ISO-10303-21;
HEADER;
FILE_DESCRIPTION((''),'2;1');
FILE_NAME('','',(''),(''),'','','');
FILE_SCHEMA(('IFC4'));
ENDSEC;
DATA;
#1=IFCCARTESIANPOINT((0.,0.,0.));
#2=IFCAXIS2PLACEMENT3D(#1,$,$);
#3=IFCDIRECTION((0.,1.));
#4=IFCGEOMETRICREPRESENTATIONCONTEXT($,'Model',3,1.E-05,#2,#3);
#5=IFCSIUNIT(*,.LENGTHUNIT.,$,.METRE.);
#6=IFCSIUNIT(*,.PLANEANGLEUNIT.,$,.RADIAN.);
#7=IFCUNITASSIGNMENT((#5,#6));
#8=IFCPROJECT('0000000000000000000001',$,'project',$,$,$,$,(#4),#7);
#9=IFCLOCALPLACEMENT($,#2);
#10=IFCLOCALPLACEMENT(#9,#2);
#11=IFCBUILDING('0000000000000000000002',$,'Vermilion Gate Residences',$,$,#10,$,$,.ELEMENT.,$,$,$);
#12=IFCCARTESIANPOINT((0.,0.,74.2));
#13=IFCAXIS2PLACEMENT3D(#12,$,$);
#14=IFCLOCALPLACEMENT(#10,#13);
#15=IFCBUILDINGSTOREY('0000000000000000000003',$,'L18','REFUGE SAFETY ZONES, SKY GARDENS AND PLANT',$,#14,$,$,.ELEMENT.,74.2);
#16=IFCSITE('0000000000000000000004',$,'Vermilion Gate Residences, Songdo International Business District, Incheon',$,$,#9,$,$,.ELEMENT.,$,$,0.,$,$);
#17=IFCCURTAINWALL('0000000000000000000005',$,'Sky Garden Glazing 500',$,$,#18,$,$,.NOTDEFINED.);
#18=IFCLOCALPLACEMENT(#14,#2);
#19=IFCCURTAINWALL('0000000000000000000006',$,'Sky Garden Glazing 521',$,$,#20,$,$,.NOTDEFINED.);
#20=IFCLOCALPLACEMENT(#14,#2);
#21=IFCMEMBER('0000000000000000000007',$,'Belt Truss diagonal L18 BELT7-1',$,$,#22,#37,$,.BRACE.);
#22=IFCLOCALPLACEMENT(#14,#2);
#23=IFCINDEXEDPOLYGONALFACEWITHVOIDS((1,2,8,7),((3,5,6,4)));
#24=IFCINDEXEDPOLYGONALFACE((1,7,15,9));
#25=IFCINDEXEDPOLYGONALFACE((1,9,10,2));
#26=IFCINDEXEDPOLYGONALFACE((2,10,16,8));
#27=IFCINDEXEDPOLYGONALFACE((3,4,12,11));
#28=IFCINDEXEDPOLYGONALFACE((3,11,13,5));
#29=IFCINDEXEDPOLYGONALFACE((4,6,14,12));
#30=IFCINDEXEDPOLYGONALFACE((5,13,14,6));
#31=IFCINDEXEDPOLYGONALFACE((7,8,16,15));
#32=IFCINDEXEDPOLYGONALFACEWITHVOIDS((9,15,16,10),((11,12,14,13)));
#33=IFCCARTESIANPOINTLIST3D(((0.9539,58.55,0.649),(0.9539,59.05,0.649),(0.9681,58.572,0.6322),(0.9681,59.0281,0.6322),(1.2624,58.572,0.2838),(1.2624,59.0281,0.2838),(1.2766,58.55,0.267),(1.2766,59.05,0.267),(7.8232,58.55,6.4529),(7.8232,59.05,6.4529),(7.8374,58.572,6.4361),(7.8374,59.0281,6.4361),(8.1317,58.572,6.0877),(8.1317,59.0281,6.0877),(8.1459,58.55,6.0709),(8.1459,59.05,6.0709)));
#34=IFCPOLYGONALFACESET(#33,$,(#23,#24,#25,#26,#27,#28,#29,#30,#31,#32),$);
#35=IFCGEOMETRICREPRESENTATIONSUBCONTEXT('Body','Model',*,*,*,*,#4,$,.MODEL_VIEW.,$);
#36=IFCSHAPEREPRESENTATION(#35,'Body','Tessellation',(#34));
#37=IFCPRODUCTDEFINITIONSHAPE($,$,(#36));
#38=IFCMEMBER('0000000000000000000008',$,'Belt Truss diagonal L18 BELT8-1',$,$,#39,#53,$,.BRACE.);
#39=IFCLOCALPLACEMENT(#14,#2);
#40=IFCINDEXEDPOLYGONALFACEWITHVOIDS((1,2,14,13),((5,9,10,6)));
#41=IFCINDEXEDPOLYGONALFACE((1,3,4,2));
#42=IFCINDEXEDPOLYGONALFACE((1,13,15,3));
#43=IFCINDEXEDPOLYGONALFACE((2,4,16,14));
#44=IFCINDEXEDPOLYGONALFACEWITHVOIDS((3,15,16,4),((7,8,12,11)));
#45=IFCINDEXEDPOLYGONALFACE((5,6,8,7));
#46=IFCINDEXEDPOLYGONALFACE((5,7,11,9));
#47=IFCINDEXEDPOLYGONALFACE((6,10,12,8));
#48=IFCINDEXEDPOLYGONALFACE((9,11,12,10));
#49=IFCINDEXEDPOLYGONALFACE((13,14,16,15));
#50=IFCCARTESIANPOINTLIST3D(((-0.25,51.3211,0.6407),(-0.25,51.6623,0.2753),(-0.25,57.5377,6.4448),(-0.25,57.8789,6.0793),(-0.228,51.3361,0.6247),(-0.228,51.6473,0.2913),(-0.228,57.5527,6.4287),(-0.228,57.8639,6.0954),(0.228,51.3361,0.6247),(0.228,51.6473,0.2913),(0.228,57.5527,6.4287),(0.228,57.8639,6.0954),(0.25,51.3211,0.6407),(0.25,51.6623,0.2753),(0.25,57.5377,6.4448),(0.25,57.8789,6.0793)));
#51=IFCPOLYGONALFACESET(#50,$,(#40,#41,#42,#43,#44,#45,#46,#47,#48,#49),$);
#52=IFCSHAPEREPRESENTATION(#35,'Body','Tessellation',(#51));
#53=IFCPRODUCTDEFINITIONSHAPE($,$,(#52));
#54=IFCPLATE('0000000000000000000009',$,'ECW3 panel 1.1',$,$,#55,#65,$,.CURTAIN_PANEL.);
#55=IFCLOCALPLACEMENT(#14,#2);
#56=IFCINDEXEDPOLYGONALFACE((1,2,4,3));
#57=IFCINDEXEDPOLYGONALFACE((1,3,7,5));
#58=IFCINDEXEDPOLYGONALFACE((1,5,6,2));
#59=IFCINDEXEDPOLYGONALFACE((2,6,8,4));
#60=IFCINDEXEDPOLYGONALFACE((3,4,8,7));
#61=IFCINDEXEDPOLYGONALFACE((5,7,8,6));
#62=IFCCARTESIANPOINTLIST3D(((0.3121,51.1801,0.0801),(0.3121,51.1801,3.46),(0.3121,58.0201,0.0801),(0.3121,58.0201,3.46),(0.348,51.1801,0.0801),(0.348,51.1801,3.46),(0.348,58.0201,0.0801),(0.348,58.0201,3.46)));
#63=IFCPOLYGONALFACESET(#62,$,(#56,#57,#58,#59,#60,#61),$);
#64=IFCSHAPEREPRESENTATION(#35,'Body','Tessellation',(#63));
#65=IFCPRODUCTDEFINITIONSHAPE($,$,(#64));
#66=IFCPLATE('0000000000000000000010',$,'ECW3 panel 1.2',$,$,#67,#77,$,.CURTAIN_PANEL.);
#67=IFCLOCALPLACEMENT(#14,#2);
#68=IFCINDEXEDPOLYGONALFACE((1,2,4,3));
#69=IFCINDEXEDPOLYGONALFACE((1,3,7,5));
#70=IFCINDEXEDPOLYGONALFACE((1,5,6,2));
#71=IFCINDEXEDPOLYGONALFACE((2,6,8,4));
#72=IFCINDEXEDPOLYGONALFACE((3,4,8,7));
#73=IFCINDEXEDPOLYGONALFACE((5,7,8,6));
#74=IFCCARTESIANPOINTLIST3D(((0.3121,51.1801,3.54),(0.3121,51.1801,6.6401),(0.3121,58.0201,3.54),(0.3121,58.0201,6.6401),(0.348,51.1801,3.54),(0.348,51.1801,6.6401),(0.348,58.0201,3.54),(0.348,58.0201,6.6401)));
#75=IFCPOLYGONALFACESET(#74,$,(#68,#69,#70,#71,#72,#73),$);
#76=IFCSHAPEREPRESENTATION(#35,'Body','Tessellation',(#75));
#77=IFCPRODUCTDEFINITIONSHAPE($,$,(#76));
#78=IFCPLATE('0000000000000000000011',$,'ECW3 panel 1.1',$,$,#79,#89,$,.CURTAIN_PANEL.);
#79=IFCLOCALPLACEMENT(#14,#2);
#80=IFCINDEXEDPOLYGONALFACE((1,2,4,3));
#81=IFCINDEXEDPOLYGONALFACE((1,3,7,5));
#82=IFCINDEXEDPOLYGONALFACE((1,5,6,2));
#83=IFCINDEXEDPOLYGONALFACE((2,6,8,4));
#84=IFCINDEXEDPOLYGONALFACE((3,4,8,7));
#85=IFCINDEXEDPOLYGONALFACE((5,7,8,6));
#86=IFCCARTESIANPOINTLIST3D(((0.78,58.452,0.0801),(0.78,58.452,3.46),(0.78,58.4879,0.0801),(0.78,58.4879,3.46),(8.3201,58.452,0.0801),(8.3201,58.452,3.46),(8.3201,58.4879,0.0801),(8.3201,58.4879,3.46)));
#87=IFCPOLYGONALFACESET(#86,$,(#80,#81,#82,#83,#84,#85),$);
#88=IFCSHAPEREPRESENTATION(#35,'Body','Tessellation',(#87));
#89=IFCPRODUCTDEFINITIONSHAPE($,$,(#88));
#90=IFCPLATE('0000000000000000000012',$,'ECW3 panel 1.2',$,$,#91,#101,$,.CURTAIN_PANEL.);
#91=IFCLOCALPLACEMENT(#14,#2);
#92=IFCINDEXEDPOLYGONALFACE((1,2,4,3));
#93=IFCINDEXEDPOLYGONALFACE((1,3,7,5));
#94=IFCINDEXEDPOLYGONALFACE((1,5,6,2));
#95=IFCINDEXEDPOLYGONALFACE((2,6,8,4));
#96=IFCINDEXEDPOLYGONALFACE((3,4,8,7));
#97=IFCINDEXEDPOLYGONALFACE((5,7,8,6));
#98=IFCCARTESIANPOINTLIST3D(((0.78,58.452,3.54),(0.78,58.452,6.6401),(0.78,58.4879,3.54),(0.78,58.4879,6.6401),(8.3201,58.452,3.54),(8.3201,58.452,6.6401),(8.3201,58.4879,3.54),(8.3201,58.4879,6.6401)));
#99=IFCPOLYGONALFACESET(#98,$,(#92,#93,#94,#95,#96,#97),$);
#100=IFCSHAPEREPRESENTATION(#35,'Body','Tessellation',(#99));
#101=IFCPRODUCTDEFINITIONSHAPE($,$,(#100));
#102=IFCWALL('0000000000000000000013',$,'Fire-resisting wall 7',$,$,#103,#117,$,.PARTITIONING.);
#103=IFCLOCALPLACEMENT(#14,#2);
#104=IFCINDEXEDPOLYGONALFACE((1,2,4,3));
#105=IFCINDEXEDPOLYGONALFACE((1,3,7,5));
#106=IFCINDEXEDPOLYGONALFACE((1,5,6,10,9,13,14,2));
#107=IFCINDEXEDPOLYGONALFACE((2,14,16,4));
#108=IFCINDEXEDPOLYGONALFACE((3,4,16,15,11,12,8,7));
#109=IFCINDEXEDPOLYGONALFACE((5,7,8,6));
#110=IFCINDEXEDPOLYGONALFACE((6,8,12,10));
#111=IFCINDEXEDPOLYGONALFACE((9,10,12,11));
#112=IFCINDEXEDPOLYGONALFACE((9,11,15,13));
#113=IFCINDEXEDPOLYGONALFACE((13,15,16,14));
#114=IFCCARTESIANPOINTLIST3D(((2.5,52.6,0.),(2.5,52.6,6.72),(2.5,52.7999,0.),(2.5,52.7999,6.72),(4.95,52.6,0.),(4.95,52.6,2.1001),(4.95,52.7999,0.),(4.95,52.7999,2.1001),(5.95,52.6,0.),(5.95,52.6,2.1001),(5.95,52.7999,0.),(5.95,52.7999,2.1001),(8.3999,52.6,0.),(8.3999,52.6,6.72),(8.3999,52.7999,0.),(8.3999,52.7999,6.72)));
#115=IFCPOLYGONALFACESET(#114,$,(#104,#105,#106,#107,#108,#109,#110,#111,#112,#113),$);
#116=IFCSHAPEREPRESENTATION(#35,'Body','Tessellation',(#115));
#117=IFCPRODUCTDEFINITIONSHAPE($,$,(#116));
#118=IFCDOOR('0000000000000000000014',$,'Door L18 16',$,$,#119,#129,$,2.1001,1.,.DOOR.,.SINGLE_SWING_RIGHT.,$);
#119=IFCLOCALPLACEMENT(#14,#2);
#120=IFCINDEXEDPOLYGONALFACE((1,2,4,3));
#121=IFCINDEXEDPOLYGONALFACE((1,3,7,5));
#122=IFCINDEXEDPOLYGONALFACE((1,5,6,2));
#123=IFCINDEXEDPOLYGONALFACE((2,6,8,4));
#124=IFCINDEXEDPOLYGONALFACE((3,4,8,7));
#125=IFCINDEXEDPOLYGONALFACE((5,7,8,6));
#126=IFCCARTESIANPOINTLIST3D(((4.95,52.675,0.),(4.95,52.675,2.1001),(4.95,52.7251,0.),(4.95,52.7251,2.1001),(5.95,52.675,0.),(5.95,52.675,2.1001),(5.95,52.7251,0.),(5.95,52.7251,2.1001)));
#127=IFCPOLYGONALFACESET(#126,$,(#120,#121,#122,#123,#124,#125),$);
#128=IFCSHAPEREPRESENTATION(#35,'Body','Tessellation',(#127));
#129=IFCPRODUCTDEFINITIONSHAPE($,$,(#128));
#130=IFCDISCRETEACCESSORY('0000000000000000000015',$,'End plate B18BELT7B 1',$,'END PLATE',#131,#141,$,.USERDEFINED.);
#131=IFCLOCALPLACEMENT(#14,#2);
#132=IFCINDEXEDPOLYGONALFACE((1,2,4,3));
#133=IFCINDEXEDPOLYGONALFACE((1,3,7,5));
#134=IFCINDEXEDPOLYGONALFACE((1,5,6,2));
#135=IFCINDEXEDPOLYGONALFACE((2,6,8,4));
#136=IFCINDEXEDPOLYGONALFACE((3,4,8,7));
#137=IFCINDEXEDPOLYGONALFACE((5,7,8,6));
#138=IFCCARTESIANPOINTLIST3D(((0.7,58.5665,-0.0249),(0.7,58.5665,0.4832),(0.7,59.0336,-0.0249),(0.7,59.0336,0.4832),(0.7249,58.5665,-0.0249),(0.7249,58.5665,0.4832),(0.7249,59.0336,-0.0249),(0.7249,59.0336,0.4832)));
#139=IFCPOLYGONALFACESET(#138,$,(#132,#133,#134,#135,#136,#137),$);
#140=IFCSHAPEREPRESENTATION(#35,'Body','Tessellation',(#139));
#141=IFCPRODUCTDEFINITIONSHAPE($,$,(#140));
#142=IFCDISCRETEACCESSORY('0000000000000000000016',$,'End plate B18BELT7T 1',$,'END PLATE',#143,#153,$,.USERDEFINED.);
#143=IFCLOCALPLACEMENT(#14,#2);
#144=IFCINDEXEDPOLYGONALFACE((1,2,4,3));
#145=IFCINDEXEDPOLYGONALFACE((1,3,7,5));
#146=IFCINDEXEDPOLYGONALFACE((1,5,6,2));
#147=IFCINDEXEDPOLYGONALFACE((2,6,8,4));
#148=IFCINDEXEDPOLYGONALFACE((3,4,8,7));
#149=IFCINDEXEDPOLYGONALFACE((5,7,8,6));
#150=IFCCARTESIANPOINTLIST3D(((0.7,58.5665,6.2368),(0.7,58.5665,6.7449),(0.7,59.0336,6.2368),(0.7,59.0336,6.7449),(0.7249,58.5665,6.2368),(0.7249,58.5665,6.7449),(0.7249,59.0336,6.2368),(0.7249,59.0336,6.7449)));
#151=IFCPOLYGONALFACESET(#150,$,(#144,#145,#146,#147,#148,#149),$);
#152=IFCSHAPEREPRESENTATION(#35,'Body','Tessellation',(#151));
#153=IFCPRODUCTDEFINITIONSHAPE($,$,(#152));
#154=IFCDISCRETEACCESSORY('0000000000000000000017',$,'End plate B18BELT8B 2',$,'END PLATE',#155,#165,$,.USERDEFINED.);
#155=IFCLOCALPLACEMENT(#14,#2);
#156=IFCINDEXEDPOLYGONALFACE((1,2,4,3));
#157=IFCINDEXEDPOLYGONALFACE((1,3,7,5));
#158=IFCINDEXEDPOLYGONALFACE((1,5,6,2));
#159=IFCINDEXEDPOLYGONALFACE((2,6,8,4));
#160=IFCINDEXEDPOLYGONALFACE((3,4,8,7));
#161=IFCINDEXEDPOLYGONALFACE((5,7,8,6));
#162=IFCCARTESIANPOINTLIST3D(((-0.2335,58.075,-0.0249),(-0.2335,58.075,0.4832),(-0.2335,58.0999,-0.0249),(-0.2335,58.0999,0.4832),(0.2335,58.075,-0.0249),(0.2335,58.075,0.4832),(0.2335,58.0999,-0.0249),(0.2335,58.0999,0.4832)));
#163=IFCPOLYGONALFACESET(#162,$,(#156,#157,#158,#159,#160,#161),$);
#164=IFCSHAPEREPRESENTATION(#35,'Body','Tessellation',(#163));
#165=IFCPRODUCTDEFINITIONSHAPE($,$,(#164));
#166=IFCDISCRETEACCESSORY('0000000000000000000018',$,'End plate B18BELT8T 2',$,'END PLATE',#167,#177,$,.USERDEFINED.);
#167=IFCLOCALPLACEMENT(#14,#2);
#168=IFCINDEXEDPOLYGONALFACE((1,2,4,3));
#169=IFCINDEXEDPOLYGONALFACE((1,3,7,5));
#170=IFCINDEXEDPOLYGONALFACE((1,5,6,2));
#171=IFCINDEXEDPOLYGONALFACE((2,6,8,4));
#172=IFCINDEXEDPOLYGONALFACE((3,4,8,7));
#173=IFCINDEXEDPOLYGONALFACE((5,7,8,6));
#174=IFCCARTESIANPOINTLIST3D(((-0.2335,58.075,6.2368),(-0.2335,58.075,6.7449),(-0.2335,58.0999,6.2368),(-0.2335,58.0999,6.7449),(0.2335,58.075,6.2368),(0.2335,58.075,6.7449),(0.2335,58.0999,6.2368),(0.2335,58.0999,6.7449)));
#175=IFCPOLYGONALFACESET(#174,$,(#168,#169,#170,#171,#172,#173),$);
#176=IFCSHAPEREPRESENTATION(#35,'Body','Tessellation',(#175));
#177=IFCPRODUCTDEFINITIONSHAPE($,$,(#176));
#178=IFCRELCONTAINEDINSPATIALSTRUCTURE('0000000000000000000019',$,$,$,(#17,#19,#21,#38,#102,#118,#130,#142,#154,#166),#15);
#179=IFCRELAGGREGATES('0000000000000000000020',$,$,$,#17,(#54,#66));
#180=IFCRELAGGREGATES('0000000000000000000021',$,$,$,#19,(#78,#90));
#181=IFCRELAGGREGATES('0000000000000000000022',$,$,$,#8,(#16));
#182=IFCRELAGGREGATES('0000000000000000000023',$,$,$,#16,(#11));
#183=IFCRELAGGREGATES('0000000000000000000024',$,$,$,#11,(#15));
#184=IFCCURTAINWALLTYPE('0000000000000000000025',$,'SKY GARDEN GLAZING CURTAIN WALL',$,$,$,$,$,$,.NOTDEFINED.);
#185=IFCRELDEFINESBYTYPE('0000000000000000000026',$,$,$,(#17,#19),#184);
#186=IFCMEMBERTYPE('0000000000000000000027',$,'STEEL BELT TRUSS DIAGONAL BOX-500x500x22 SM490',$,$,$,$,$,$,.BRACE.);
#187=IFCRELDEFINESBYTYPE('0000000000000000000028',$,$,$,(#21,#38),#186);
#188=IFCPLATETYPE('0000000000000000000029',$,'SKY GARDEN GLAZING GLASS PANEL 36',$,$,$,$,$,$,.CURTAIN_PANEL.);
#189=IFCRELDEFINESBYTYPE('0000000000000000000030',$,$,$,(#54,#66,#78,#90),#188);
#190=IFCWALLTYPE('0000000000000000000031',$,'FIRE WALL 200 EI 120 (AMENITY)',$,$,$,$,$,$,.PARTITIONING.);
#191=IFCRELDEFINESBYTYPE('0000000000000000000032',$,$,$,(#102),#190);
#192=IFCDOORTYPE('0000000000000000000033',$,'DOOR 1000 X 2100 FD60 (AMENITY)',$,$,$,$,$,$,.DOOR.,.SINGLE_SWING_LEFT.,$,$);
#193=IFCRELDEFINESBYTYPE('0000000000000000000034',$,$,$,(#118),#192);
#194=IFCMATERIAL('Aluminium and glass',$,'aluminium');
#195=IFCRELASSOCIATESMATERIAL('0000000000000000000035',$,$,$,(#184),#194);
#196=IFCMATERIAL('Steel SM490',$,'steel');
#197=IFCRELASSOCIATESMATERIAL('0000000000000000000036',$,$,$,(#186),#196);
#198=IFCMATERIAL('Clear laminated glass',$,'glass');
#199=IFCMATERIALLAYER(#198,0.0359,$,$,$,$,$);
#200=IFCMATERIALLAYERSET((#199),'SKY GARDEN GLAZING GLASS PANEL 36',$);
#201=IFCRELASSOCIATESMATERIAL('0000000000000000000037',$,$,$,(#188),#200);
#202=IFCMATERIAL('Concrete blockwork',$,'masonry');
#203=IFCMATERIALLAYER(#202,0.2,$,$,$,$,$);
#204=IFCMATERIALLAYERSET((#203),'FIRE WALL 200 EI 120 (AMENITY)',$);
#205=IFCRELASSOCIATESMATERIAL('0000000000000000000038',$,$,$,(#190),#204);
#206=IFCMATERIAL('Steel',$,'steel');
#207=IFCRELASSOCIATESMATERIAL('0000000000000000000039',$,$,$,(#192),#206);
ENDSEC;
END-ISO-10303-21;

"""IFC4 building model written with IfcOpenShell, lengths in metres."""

from ifc_helpers import new_model, si_unit, direction, frame, frame_2d, origin, origin_2d, place, context, subcontext, project, spatial, rectangle, hollow_rectangle, extrude, material, layer, layer_set, material_profile, profile_set, type_object, element, fill, aggregate, save


model = new_model("IFC4")

# Units and contexts
model_context = context("Model", 3, precision=1e-05, world=origin(), true_north=direction((0.0, 1.0)))
body_context = subcontext(model_context, "Body", "Model", "MODEL_VIEW")
ifc_project = project(units=[si_unit("LENGTHUNIT", "METRE"), si_unit("PLANEANGLEUNIT", "RADIAN")], contexts=[model_context])

# Site, building, storey
site_placement = place(None, origin())
site = spatial("IfcSite", under=ifc_project, at=site_placement, Name="Vermilion Gate Residences, Songdo International Business District, Incheon", CompositionType="ELEMENT", RefElevation=0.0)
building_placement = place(site_placement, origin())
building = spatial("IfcBuilding", under=site, at=building_placement, Name="Vermilion Gate Residences", CompositionType="ELEMENT")
storey_placement = place(building_placement, frame((0.0, 0.0, 74.2)))
storey = spatial("IfcBuildingStorey", under=building, at=storey_placement, Name="L18", Description="REFUGE SAFETY ZONES, SKY GARDENS AND PLANT", CompositionType="ELEMENT", Elevation=74.2)

# Curtain walls
ifc_material_1 = material(Name="Aluminium and glass", Category="aluminium")
curtain_wall_type = type_object("IfcCurtainWallType", Name="SKY GARDEN GLAZING CURTAIN WALL", PredefinedType="NOTDEFINED", material=ifc_material_1)
curtain_wall_1_placement = place(storey_placement, origin())
curtain_wall_1 = element("IfcCurtainWall", 1, at=curtain_wall_1_placement, inside=storey, type_object=curtain_wall_type, Name="Sky Garden Glazing 500", PredefinedType="NOTDEFINED")
curtain_wall_2_placement = place(storey_placement, origin())
curtain_wall_2 = element("IfcCurtainWall", 2, at=curtain_wall_2_placement, inside=storey, type_object=curtain_wall_type, Name="Sky Garden Glazing 521", PredefinedType="NOTDEFINED")

# Members
ifc_material_2 = material(Name="Steel SM490", Category="steel")
ifc_material_profile_1 = material_profile(ifc_material_2, hollow_rectangle(XDim=0.5, YDim=0.5, WallThickness=0.022, at=origin_2d()), Name="BOX-500x500x22")
ifc_profile_set_1 = profile_set([ifc_material_profile_1], Name="Steel SM490")
member_type_1 = type_object("IfcMemberType", Name="STEEL BELT TRUSS DIAGONAL BOX-500x500x22 SM490", PredefinedType="BRACE", material=ifc_profile_set_1)
member_1_placement = place(storey_placement, frame((1.1152, 58.8, 0.458), z_axis=(0.763858, 0.0, 0.645385), x_axis=(0.0, 1.0, 0.0)))
element("IfcMember", 3, at=member_1_placement, inside=storey, type_object=member_type_1, Name="Belt Truss diagonal L18 BELT7-1", PredefinedType="BRACE", context=body_context, shape_type="SweptSolid", body=[
    extrude(hollow_rectangle(XDim=0.5, YDim=0.5, WallThickness=0.022, at=origin_2d()), origin(), (0.0, 0.0, 1.0), 8.9929),
])
member_2_placement = place(storey_placement, frame((0.0, 51.4917, 0.458), z_axis=(0.0, 0.730947, 0.682434), x_axis=(-1.0, 0.0, 0.0)))
element("IfcMember", 4, at=member_2_placement, inside=storey, type_object=member_type_1, Name="Belt Truss diagonal L18 BELT8-1", PredefinedType="BRACE", context=body_context, shape_type="SweptSolid", body=[
    extrude(hollow_rectangle(XDim=0.5, YDim=0.5, WallThickness=0.022, at=origin_2d()), origin(), (0.0, 0.0, 1.0), 8.5049),
])

# Plates
ifc_material_3 = material(Name="Clear laminated glass", Category="glass")
ifc_layer_1 = layer(ifc_material_3, 0.0359)
ifc_layer_set_1 = layer_set([ifc_layer_1], Name="SKY GARDEN GLAZING GLASS PANEL 36")
plate_type = type_object("IfcPlateType", Name="SKY GARDEN GLAZING GLASS PANEL 36", PredefinedType="CURTAIN_PANEL", material=ifc_layer_set_1)
plate_1_placement = place(storey_placement, frame((0.3301, 54.6001, 0.0801), z_axis=(0.0, 0.0, 1.0), x_axis=(0.0, -1.0, 0.0)))
plate_1 = element("IfcPlate", 5, at=plate_1_placement, type_object=plate_type, Name="ECW3 panel 1.1", PredefinedType="CURTAIN_PANEL", context=body_context, shape_type="SweptSolid", body=[
    extrude(rectangle(XDim=6.8401, YDim=0.0359, at=origin_2d()), origin(), (0.0, 0.0, 1.0), 3.3799),
])
plate_2_placement = place(storey_placement, frame((0.3301, 54.6001, 3.54), z_axis=(0.0, 0.0, 1.0), x_axis=(0.0, -1.0, 0.0)))
plate_2 = element("IfcPlate", 6, at=plate_2_placement, type_object=plate_type, Name="ECW3 panel 1.2", PredefinedType="CURTAIN_PANEL", context=body_context, shape_type="SweptSolid", body=[
    extrude(rectangle(XDim=6.8401, YDim=0.0359, at=origin_2d()), origin(), (0.0, 0.0, 1.0), 3.1001),
])
aggregate(curtain_wall_1, [plate_1, plate_2])
plate_3_placement = place(storey_placement, frame((4.55, 58.47, 0.0801), z_axis=(0.0, 0.0, 1.0), x_axis=(-1.0, 0.0, 0.0)))
plate_3 = element("IfcPlate", 7, at=plate_3_placement, type_object=plate_type, Name="ECW3 panel 1.1", PredefinedType="CURTAIN_PANEL", context=body_context, shape_type="SweptSolid", body=[
    extrude(rectangle(XDim=7.54, YDim=0.0359, at=origin_2d()), origin(), (0.0, 0.0, 1.0), 3.3799),
])
plate_4_placement = place(storey_placement, frame((4.55, 58.47, 3.54), z_axis=(0.0, 0.0, 1.0), x_axis=(-1.0, 0.0, 0.0)))
plate_4 = element("IfcPlate", 8, at=plate_4_placement, type_object=plate_type, Name="ECW3 panel 1.2", PredefinedType="CURTAIN_PANEL", context=body_context, shape_type="SweptSolid", body=[
    extrude(rectangle(XDim=7.54, YDim=0.0359, at=origin_2d()), origin(), (0.0, 0.0, 1.0), 3.1001),
])
aggregate(curtain_wall_2, [plate_3, plate_4])

# Wall, opening, door
ifc_material_4 = material(Name="Concrete blockwork", Category="masonry")
ifc_layer_2 = layer(ifc_material_4, 0.2)
ifc_layer_set_2 = layer_set([ifc_layer_2], Name="FIRE WALL 200 EI 120 (AMENITY)")
wall_type = type_object("IfcWallType", Name="FIRE WALL 200 EI 120 (AMENITY)", PredefinedType="PARTITIONING", material=ifc_layer_set_2)
wall_placement = place(storey_placement, frame((2.5, 52.7, 0.0), z_axis=(0.0, 0.0, 1.0), x_axis=(1.0, 0.0, 0.0)))
wall = element("IfcWall", 9, at=wall_placement, inside=storey, type_object=wall_type, Name="Fire-resisting wall 7", PredefinedType="PARTITIONING", context=body_context, shape_type="SweptSolid", body=[
    extrude(rectangle(XDim=5.8999, YDim=0.2, at=frame_2d((2.95, 0.0))), origin(), (0.0, 0.0, 1.0), 6.72),
])
opening_placement = place(wall_placement, frame((2.45, 0.0, 0.0)))
opening = element("IfcOpeningElement", 10, at=opening_placement, cuts=wall, PredefinedType="OPENING", context=body_context, shape_type="SweptSolid", body=[
    extrude(rectangle(XDim=1.0, YDim=2.1001, at=frame_2d((0.5, 1.05))), frame((0.0, 0.1099, 0.0), z_axis=(0.0, -1.0, 0.0), x_axis=(1.0, 0.0, 0.0)), (0.0, 0.0, 1.0), 0.22),
])
ifc_material_5 = material(Name="Steel", Category="steel")
door_type = type_object("IfcDoorType", Name="DOOR 1000 X 2100 FD60 (AMENITY)", OperationType="SINGLE_SWING_LEFT", PredefinedType="DOOR", material=ifc_material_5)
door_placement = place(opening_placement, frame((1.0, 0.0, 0.0), z_axis=(0.0, 0.0, 1.0), x_axis=(-1.0, 0.0, 0.0)))
door = element("IfcDoor", 11, at=door_placement, inside=storey, type_object=door_type, Name="Door L18 16", OperationType="SINGLE_SWING_RIGHT", OverallHeight=2.1001, OverallWidth=1.0, PredefinedType="DOOR", context=body_context, shape_type="SweptSolid", body=[
    extrude(rectangle(XDim=1.0, YDim=2.1001, at=frame_2d((0.5, 1.05))), frame((0.0, 0.0249, 0.0), z_axis=(0.0, -1.0, 0.0), x_axis=(1.0, 0.0, 0.0)), (0.0, 0.0, 1.0), 0.05),
])
fill(opening, door)

# Discrete accessories
for number, where, z_axis, x_axis, name in (
    (12, (0.7124, 58.8, -0.0249), (0.0, 0.0, 1.0), (1.0, 0.0, 0.0), "End plate B18BELT7B 1"),
    (13, (0.7124, 58.8, 6.2368), (0.0, 0.0, 1.0), (1.0, 0.0, 0.0), "End plate B18BELT7T 1"),
):
    element("IfcDiscreteAccessory", number, at=place(storey_placement, frame(where, z_axis=z_axis, x_axis=x_axis)), inside=storey, Name=name, ObjectType="END PLATE", PredefinedType="USERDEFINED", context=body_context, shape_type="SweptSolid", body=[
        extrude(rectangle(XDim=0.0249, YDim=0.467, at=origin_2d()), origin(), (0.0, 0.0, 1.0), 0.5081),
    ])
for number, where, z_axis, x_axis, name in (
    (14, (0.0, 58.0874, -0.0249), (0.0, 0.0, 1.0), (1.0, 0.0, 0.0), "End plate B18BELT8B 2"),
    (15, (0.0, 58.0874, 6.2368), (0.0, 0.0, 1.0), (1.0, 0.0, 0.0), "End plate B18BELT8T 2"),
):
    element("IfcDiscreteAccessory", number, at=place(storey_placement, frame(where, z_axis=z_axis, x_axis=x_axis)), inside=storey, Name=name, ObjectType="END PLATE", PredefinedType="USERDEFINED", context=body_context, shape_type="SweptSolid", body=[
        extrude(rectangle(XDim=0.467, YDim=0.0249, at=origin_2d()), origin(), (0.0, 0.0, 1.0), 0.5081),
    ])

save(model, "model.ifc")
